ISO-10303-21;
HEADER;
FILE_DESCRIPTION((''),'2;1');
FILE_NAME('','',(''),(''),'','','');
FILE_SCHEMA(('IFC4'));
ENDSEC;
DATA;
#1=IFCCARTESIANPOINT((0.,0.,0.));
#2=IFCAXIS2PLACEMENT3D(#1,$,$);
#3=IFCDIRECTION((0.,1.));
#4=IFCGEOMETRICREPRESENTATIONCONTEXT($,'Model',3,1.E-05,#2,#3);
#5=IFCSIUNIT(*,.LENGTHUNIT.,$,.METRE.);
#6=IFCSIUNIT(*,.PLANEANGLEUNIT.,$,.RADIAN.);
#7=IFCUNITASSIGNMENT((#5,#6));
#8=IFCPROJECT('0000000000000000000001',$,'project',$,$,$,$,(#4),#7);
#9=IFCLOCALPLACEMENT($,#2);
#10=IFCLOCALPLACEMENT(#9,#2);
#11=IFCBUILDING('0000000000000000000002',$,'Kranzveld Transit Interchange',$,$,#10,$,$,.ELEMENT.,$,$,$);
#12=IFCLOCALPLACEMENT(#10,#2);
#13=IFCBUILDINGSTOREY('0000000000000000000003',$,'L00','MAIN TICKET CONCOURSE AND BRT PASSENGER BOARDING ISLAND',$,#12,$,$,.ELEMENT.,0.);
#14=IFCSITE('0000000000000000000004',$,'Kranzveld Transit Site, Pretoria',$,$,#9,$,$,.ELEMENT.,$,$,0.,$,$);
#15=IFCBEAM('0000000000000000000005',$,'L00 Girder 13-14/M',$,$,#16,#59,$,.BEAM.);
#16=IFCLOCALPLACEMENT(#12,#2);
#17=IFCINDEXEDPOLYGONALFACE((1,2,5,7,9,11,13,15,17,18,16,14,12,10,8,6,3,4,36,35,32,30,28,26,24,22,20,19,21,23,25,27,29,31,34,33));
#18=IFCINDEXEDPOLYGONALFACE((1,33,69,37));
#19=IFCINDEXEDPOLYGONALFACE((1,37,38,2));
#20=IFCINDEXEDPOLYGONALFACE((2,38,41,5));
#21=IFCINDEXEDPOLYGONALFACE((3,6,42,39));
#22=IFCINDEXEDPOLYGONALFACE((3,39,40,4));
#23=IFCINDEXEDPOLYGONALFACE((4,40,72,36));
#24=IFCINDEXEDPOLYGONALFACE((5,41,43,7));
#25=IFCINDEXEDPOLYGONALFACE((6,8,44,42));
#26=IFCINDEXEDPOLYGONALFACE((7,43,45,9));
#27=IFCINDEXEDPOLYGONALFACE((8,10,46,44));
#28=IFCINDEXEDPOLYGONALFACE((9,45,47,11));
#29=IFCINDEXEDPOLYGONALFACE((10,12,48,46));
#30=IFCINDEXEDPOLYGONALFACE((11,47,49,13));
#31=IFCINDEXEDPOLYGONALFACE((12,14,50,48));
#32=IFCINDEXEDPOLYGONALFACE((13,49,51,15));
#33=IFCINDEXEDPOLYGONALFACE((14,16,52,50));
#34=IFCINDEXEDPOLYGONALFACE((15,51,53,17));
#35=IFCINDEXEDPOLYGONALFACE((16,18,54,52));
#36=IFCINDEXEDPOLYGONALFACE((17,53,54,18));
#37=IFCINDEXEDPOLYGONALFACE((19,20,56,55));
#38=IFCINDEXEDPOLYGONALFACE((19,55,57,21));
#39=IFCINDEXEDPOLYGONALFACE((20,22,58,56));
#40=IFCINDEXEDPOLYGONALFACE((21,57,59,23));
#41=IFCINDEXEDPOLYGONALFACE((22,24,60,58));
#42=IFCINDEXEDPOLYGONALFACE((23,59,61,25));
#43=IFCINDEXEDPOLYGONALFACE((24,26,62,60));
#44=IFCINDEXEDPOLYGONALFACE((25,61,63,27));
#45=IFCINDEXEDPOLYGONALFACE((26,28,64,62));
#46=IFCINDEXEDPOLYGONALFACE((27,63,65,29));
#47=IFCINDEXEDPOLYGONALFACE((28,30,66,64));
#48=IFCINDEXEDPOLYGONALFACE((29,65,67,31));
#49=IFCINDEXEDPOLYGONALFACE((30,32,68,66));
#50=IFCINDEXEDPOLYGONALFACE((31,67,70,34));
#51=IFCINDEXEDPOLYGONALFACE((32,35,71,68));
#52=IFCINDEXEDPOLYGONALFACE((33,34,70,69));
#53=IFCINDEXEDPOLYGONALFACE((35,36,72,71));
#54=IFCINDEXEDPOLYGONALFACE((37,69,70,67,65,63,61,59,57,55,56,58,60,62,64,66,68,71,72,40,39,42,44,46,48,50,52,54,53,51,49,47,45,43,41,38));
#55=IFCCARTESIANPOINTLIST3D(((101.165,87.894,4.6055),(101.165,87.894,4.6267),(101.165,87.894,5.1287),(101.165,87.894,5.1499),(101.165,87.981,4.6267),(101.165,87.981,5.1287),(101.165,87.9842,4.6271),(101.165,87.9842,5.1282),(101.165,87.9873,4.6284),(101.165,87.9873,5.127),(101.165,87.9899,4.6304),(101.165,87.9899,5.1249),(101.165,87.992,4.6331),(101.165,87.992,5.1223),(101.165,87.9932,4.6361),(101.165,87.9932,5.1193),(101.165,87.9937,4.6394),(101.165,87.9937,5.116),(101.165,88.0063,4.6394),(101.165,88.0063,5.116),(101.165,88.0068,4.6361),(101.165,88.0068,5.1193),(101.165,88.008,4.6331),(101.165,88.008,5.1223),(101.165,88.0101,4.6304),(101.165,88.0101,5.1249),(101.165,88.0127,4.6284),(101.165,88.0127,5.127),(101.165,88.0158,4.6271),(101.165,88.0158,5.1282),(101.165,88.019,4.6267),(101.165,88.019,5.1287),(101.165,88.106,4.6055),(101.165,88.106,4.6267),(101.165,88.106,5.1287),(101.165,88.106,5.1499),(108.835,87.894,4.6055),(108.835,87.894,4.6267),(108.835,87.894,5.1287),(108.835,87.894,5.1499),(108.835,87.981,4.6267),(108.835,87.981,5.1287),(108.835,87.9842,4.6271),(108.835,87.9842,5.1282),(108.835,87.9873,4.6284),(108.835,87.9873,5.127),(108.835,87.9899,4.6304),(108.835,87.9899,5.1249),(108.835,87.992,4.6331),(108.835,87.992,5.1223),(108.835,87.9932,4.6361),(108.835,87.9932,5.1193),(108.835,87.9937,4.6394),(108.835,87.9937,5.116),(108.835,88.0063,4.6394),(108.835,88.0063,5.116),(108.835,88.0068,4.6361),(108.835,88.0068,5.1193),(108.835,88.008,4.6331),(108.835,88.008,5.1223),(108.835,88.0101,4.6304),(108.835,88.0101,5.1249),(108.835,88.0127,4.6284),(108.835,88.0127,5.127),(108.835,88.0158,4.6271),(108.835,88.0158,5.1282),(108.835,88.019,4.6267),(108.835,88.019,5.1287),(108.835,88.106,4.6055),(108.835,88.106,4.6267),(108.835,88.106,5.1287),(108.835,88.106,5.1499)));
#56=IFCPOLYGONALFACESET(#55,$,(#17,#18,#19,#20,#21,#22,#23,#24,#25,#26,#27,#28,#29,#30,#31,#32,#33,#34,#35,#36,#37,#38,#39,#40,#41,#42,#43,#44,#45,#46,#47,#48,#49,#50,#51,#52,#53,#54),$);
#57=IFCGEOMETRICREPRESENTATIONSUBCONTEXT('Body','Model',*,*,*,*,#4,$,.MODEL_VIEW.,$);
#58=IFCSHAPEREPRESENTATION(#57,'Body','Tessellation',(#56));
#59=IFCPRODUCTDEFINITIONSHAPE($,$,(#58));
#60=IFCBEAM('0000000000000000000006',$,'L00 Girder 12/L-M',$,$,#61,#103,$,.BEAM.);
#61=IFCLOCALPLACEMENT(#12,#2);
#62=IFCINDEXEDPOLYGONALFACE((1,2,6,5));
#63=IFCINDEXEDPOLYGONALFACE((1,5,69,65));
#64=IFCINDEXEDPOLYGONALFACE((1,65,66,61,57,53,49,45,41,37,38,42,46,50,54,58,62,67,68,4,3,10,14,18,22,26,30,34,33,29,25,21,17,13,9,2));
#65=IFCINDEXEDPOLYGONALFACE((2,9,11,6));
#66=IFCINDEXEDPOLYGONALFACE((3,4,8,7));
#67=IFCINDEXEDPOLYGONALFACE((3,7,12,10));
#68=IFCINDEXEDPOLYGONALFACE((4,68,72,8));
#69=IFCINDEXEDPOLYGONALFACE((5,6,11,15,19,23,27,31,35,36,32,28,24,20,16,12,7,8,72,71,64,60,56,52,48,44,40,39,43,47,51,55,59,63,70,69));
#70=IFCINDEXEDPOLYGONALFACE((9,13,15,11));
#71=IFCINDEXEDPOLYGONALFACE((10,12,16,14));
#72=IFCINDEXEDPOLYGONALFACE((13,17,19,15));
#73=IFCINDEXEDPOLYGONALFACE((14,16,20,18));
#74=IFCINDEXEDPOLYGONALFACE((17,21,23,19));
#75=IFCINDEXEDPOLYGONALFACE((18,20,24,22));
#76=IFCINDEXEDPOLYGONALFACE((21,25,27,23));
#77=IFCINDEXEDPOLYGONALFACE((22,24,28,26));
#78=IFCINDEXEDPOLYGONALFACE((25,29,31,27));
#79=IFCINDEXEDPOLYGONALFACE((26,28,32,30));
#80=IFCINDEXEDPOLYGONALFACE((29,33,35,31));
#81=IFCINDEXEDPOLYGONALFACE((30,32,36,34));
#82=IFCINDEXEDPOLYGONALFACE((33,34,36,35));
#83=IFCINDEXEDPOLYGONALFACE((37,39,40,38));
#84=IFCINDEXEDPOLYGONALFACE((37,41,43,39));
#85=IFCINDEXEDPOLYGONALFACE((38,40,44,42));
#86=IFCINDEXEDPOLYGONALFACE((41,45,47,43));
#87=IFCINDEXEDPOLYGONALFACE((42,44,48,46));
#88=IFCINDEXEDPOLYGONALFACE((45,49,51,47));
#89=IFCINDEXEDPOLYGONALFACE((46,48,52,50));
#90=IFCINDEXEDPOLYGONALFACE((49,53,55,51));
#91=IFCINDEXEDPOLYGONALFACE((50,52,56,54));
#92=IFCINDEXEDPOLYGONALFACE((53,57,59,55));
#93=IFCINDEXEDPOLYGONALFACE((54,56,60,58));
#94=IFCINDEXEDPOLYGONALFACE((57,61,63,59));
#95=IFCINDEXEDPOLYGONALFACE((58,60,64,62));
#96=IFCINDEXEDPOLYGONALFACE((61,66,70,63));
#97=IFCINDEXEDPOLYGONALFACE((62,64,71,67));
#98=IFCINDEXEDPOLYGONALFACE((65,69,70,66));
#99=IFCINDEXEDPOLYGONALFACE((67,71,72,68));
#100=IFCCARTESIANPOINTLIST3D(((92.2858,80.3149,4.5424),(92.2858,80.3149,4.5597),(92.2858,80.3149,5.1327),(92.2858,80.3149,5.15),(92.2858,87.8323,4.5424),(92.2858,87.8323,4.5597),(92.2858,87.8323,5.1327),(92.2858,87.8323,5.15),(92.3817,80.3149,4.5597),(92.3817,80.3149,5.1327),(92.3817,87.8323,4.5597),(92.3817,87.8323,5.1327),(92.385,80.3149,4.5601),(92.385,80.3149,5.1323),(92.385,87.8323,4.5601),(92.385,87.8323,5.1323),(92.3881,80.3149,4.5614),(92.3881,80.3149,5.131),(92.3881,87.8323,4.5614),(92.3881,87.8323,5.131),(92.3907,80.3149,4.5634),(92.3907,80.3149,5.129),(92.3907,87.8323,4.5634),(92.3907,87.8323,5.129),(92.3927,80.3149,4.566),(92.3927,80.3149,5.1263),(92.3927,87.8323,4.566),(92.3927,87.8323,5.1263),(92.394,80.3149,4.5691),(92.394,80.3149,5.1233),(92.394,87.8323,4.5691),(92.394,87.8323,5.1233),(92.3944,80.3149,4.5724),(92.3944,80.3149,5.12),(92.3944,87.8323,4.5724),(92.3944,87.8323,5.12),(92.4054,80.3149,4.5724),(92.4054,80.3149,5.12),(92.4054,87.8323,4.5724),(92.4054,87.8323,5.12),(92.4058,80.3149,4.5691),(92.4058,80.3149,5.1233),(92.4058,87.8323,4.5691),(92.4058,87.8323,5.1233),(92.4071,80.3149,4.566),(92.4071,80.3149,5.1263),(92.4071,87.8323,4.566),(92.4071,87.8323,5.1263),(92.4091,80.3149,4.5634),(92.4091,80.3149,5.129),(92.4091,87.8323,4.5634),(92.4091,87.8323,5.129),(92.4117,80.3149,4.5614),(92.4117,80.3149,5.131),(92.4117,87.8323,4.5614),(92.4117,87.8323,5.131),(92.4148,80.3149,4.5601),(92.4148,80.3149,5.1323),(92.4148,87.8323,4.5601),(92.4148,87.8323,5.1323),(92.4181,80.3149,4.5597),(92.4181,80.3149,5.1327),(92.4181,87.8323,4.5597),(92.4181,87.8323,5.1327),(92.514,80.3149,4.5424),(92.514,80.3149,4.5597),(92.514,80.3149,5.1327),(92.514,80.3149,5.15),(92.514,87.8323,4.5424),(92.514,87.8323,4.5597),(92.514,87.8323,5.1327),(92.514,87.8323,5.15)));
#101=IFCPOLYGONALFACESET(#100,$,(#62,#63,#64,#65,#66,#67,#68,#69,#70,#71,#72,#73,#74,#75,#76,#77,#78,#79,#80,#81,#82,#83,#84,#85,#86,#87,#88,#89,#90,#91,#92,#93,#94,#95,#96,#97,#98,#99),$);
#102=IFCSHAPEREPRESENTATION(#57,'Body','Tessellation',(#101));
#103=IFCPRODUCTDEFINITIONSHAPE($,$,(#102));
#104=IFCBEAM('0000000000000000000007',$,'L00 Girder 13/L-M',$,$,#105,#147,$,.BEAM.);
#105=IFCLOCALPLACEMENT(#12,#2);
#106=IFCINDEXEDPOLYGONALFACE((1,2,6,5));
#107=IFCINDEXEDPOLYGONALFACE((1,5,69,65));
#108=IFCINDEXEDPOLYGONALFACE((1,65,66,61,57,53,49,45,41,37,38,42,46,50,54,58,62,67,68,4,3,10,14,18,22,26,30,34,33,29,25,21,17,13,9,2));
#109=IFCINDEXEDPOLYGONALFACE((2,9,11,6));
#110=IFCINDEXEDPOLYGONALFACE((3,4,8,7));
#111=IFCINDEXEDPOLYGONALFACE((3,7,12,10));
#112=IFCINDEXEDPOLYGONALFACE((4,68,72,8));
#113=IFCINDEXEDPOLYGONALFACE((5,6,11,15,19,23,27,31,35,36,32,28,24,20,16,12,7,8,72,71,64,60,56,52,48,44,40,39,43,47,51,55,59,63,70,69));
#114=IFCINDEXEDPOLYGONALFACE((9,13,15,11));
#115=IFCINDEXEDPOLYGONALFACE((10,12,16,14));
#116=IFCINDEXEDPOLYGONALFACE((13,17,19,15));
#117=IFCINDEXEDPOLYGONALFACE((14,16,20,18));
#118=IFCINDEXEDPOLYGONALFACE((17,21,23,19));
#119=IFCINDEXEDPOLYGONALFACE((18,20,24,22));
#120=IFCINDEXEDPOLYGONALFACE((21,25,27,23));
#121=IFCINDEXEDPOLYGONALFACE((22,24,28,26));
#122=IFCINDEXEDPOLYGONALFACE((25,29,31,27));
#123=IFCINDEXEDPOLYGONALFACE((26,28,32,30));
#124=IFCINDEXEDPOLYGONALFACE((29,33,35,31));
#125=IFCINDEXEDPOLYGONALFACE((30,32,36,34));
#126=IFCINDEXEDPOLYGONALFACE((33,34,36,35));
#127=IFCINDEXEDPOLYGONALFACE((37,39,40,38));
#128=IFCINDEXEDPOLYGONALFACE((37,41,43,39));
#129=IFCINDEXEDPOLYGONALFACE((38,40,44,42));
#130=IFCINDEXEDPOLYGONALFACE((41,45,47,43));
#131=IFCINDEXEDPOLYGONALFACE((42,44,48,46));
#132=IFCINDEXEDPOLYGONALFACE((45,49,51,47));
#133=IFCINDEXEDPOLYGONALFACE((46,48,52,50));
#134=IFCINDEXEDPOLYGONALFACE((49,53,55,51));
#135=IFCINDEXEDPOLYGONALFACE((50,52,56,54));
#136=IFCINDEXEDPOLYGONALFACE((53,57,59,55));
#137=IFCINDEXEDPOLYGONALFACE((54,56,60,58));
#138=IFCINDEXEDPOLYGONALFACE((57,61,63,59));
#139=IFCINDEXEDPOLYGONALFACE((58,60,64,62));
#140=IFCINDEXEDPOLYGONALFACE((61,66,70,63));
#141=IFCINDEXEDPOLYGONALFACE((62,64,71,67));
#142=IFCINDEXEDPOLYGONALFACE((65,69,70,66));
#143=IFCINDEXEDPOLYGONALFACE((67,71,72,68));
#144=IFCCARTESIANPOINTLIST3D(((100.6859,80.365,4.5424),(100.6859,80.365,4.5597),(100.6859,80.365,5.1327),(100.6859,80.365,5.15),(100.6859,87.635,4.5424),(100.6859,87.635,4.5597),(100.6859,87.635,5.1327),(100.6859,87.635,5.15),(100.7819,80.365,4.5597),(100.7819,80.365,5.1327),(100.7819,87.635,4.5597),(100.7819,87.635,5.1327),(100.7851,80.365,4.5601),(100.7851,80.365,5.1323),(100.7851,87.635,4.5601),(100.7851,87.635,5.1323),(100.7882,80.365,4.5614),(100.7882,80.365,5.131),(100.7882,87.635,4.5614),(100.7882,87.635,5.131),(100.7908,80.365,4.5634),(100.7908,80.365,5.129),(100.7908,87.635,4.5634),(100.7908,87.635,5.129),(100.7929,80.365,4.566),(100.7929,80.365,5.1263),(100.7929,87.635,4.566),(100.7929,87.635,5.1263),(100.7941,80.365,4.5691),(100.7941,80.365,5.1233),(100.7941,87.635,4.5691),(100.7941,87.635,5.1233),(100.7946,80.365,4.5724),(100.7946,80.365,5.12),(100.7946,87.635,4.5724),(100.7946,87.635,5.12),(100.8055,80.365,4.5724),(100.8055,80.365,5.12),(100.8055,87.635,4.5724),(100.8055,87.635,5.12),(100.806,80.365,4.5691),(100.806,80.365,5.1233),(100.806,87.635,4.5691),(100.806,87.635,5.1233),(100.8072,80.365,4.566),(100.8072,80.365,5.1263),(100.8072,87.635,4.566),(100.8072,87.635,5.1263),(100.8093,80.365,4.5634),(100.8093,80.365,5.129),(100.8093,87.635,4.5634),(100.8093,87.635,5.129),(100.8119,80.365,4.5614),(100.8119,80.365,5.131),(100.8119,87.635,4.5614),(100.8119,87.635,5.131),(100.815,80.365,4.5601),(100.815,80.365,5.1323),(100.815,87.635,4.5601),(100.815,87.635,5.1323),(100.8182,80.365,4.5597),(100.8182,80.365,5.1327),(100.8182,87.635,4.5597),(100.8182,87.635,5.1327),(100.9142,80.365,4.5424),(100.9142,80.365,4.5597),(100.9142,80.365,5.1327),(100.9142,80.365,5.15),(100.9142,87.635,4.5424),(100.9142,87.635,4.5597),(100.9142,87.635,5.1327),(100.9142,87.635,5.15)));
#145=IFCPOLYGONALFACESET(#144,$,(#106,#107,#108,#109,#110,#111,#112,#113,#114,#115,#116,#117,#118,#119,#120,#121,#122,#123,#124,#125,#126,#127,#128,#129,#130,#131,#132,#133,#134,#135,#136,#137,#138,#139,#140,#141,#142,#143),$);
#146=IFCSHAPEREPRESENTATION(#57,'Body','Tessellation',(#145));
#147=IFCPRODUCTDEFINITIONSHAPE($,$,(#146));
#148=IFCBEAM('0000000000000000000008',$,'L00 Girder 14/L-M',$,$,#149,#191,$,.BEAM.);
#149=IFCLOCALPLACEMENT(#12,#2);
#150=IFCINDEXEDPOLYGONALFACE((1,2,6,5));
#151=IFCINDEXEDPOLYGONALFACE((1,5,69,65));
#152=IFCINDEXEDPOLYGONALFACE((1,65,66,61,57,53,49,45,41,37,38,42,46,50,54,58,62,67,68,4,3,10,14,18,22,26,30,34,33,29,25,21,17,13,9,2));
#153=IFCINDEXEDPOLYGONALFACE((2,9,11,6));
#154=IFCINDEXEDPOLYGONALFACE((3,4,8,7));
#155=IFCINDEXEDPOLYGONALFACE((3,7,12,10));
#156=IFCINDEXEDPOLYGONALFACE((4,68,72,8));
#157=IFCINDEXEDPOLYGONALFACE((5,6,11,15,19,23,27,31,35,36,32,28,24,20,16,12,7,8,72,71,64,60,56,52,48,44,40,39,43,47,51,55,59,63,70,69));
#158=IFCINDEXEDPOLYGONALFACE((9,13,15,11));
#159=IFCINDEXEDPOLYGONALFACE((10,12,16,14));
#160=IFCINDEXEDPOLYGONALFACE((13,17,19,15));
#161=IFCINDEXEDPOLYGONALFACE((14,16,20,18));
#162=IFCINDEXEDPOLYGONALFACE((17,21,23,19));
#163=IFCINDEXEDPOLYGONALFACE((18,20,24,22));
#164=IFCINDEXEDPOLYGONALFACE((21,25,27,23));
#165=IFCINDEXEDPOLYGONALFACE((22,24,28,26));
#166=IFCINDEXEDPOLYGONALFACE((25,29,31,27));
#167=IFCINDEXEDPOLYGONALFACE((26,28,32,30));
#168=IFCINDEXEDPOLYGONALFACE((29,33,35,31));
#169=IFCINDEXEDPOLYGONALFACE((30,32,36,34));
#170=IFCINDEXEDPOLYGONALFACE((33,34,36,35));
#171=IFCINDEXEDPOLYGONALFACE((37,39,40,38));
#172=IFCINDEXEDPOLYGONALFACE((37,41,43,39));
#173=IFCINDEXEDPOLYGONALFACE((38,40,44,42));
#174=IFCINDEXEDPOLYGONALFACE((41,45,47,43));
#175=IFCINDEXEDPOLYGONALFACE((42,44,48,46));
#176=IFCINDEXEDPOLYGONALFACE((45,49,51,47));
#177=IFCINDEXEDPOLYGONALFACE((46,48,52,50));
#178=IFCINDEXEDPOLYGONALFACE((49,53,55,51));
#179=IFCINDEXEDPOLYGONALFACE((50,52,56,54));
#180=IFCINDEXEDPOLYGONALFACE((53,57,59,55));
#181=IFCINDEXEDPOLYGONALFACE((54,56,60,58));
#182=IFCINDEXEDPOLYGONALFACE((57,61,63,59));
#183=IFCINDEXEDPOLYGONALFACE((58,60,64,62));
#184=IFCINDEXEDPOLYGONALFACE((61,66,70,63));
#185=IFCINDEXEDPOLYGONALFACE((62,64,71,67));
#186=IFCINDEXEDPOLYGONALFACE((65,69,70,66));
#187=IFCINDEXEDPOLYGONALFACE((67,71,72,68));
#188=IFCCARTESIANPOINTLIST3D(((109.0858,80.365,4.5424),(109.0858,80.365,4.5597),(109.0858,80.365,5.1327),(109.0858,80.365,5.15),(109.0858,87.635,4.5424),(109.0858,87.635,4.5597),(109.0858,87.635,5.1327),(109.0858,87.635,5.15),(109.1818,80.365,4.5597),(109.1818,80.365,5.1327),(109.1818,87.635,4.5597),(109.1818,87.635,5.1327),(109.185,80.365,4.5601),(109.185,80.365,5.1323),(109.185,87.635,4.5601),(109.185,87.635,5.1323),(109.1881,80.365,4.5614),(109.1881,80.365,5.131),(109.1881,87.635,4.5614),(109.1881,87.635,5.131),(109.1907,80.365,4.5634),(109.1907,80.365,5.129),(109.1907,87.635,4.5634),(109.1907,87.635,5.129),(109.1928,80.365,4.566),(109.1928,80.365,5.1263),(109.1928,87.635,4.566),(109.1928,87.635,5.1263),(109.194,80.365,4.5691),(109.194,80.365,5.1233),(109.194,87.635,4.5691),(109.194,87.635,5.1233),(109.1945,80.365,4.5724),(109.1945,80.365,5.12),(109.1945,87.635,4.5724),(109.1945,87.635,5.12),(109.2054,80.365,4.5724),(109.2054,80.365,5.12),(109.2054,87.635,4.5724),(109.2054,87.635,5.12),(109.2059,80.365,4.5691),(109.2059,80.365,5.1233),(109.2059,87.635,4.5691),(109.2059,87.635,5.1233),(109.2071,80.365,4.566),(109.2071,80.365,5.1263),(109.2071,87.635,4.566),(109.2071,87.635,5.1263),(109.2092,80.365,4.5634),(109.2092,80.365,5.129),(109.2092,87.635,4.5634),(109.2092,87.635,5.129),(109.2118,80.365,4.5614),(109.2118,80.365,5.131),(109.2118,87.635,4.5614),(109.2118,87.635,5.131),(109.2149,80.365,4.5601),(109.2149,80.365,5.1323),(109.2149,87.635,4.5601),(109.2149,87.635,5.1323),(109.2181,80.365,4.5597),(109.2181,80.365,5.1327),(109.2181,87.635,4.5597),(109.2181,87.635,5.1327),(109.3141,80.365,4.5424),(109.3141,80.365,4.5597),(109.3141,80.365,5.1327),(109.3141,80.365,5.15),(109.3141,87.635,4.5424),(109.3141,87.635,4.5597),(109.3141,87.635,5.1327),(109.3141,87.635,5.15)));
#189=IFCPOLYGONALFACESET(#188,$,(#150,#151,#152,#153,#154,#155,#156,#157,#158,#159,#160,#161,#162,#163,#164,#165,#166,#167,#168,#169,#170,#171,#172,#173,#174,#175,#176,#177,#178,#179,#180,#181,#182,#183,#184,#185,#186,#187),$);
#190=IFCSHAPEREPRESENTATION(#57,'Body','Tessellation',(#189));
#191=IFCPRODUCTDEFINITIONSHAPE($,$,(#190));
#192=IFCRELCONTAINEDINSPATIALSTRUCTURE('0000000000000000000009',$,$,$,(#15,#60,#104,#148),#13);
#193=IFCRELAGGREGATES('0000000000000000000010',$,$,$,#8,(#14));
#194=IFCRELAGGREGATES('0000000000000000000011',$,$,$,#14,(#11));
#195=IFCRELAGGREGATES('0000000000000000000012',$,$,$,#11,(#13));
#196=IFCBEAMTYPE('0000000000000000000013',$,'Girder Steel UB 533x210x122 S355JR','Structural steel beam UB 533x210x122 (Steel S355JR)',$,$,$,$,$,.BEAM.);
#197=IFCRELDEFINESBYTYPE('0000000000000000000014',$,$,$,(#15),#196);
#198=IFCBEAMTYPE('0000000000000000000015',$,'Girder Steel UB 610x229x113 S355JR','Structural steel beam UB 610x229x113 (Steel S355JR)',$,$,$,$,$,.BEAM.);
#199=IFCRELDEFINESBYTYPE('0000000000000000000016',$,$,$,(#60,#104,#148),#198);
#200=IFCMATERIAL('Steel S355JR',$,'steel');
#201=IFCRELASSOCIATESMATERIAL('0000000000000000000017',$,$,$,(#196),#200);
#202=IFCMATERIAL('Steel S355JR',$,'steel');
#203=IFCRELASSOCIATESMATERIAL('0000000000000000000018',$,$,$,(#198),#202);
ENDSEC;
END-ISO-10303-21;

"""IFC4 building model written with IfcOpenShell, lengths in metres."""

from ifc_helpers import new_model, si_unit, direction, frame, origin, origin_2d, place, context, subcontext, project, spatial, i_section, extrude, material, material_profile, profile_set, type_object, element, save


model = new_model("IFC4")

# Units and contexts
model_context = context("Model", 3, precision=1e-05, world=origin(), true_north=direction((0.0, 1.0)))
body_context = subcontext(model_context, "Body", "Model", "MODEL_VIEW")
ifc_project = project(units=[si_unit("LENGTHUNIT", "METRE"), si_unit("PLANEANGLEUNIT", "RADIAN")], contexts=[model_context])

# Site, building, storey
site_placement = place(None, origin())
site = spatial("IfcSite", under=ifc_project, at=site_placement, Name="Kranzveld Transit Site, Pretoria", CompositionType="ELEMENT", RefElevation=0.0)
building_placement = place(site_placement, origin())
building = spatial("IfcBuilding", under=site, at=building_placement, Name="Kranzveld Transit Interchange", CompositionType="ELEMENT")
storey_placement = place(building_placement, origin())
storey = spatial("IfcBuildingStorey", under=building, at=storey_placement, Name="L00", Description="MAIN TICKET CONCOURSE AND BRT PASSENGER BOARDING ISLAND", CompositionType="ELEMENT", Elevation=0.0)

# Beams
ifc_material_1 = material(Name="Steel S355JR", Category="steel")
ifc_material_profile_1 = material_profile(ifc_material_1, i_section(OverallWidth=0.2119, OverallDepth=0.5444, WebThickness=0.0127, FlangeThickness=0.0212, FilletRadius=0.0127, at=origin_2d()), Name="UB 533x210x122")
ifc_profile_set_1 = profile_set([ifc_material_profile_1], Name="Steel S355JR")
beam_type_1 = type_object("IfcBeamType", Name="Girder Steel UB 533x210x122 S355JR", Description="Structural steel beam UB 533x210x122 (Steel S355JR)", PredefinedType="BEAM", material=ifc_profile_set_1)
for number, where, z_axis, x_axis, name in (
    (1, (101.165, 88.0, 4.8777), (1.0, 0.0, 0.0), (0.0, 1.0, 0.0), "L00 Girder 13-14/M"),
):
    element("IfcBeam", number, at=place(storey_placement, frame(where, z_axis=z_axis, x_axis=x_axis)), inside=storey, type_object=beam_type_1, Name=name, PredefinedType="BEAM", context=body_context, shape_type="SweptSolid", body=[
        extrude(i_section(OverallWidth=0.2119, OverallDepth=0.5444, WebThickness=0.0127, FlangeThickness=0.0212, FilletRadius=0.0127, at=origin_2d()), origin(), (0.0, 0.0, 1.0), 7.6699),
    ])
ifc_material_2 = material(Name="Steel S355JR", Category="steel")
ifc_material_profile_2 = material_profile(ifc_material_2, i_section(OverallWidth=0.2283, OverallDepth=0.6077, WebThickness=0.011, FlangeThickness=0.0173, FilletRadius=0.0127, at=origin_2d()), Name="UB 610x229x113")
ifc_profile_set_2 = profile_set([ifc_material_profile_2], Name="Steel S355JR")
beam_type_2 = type_object("IfcBeamType", Name="Girder Steel UB 610x229x113 S355JR", Description="Structural steel beam UB 610x229x113 (Steel S355JR)", PredefinedType="BEAM", material=ifc_profile_set_2)
beam_1_placement = place(storey_placement, frame((92.3999, 80.3149, 4.8462), z_axis=(0.0, 1.0, 0.0), x_axis=(-1.0, 0.0, 0.0)))
element("IfcBeam", 2, at=beam_1_placement, inside=storey, type_object=beam_type_2, Name="L00 Girder 12/L-M", PredefinedType="BEAM", context=body_context, shape_type="SweptSolid", body=[
    extrude(i_section(OverallWidth=0.2283, OverallDepth=0.6077, WebThickness=0.011, FlangeThickness=0.0173, FilletRadius=0.0127, at=origin_2d()), origin(), (0.0, 0.0, 1.0), 7.5173),
])
for number, where, z_axis, x_axis, name in (
    (3, (100.8, 80.365, 4.8462), (0.0, 1.0, 0.0), (-1.0, 0.0, 0.0), "L00 Girder 13/L-M"),
    (4, (109.2, 80.365, 4.8462), (0.0, 1.0, 0.0), (-1.0, 0.0, 0.0), "L00 Girder 14/L-M"),
):
    element("IfcBeam", number, at=place(storey_placement, frame(where, z_axis=z_axis, x_axis=x_axis)), inside=storey, type_object=beam_type_2, Name=name, PredefinedType="BEAM", context=body_context, shape_type="SweptSolid", body=[
        extrude(i_section(OverallWidth=0.2283, OverallDepth=0.6077, WebThickness=0.011, FlangeThickness=0.0173, FilletRadius=0.0127, at=origin_2d()), origin(), (0.0, 0.0, 1.0), 7.27),
    ])

save(model, "model.ifc")
